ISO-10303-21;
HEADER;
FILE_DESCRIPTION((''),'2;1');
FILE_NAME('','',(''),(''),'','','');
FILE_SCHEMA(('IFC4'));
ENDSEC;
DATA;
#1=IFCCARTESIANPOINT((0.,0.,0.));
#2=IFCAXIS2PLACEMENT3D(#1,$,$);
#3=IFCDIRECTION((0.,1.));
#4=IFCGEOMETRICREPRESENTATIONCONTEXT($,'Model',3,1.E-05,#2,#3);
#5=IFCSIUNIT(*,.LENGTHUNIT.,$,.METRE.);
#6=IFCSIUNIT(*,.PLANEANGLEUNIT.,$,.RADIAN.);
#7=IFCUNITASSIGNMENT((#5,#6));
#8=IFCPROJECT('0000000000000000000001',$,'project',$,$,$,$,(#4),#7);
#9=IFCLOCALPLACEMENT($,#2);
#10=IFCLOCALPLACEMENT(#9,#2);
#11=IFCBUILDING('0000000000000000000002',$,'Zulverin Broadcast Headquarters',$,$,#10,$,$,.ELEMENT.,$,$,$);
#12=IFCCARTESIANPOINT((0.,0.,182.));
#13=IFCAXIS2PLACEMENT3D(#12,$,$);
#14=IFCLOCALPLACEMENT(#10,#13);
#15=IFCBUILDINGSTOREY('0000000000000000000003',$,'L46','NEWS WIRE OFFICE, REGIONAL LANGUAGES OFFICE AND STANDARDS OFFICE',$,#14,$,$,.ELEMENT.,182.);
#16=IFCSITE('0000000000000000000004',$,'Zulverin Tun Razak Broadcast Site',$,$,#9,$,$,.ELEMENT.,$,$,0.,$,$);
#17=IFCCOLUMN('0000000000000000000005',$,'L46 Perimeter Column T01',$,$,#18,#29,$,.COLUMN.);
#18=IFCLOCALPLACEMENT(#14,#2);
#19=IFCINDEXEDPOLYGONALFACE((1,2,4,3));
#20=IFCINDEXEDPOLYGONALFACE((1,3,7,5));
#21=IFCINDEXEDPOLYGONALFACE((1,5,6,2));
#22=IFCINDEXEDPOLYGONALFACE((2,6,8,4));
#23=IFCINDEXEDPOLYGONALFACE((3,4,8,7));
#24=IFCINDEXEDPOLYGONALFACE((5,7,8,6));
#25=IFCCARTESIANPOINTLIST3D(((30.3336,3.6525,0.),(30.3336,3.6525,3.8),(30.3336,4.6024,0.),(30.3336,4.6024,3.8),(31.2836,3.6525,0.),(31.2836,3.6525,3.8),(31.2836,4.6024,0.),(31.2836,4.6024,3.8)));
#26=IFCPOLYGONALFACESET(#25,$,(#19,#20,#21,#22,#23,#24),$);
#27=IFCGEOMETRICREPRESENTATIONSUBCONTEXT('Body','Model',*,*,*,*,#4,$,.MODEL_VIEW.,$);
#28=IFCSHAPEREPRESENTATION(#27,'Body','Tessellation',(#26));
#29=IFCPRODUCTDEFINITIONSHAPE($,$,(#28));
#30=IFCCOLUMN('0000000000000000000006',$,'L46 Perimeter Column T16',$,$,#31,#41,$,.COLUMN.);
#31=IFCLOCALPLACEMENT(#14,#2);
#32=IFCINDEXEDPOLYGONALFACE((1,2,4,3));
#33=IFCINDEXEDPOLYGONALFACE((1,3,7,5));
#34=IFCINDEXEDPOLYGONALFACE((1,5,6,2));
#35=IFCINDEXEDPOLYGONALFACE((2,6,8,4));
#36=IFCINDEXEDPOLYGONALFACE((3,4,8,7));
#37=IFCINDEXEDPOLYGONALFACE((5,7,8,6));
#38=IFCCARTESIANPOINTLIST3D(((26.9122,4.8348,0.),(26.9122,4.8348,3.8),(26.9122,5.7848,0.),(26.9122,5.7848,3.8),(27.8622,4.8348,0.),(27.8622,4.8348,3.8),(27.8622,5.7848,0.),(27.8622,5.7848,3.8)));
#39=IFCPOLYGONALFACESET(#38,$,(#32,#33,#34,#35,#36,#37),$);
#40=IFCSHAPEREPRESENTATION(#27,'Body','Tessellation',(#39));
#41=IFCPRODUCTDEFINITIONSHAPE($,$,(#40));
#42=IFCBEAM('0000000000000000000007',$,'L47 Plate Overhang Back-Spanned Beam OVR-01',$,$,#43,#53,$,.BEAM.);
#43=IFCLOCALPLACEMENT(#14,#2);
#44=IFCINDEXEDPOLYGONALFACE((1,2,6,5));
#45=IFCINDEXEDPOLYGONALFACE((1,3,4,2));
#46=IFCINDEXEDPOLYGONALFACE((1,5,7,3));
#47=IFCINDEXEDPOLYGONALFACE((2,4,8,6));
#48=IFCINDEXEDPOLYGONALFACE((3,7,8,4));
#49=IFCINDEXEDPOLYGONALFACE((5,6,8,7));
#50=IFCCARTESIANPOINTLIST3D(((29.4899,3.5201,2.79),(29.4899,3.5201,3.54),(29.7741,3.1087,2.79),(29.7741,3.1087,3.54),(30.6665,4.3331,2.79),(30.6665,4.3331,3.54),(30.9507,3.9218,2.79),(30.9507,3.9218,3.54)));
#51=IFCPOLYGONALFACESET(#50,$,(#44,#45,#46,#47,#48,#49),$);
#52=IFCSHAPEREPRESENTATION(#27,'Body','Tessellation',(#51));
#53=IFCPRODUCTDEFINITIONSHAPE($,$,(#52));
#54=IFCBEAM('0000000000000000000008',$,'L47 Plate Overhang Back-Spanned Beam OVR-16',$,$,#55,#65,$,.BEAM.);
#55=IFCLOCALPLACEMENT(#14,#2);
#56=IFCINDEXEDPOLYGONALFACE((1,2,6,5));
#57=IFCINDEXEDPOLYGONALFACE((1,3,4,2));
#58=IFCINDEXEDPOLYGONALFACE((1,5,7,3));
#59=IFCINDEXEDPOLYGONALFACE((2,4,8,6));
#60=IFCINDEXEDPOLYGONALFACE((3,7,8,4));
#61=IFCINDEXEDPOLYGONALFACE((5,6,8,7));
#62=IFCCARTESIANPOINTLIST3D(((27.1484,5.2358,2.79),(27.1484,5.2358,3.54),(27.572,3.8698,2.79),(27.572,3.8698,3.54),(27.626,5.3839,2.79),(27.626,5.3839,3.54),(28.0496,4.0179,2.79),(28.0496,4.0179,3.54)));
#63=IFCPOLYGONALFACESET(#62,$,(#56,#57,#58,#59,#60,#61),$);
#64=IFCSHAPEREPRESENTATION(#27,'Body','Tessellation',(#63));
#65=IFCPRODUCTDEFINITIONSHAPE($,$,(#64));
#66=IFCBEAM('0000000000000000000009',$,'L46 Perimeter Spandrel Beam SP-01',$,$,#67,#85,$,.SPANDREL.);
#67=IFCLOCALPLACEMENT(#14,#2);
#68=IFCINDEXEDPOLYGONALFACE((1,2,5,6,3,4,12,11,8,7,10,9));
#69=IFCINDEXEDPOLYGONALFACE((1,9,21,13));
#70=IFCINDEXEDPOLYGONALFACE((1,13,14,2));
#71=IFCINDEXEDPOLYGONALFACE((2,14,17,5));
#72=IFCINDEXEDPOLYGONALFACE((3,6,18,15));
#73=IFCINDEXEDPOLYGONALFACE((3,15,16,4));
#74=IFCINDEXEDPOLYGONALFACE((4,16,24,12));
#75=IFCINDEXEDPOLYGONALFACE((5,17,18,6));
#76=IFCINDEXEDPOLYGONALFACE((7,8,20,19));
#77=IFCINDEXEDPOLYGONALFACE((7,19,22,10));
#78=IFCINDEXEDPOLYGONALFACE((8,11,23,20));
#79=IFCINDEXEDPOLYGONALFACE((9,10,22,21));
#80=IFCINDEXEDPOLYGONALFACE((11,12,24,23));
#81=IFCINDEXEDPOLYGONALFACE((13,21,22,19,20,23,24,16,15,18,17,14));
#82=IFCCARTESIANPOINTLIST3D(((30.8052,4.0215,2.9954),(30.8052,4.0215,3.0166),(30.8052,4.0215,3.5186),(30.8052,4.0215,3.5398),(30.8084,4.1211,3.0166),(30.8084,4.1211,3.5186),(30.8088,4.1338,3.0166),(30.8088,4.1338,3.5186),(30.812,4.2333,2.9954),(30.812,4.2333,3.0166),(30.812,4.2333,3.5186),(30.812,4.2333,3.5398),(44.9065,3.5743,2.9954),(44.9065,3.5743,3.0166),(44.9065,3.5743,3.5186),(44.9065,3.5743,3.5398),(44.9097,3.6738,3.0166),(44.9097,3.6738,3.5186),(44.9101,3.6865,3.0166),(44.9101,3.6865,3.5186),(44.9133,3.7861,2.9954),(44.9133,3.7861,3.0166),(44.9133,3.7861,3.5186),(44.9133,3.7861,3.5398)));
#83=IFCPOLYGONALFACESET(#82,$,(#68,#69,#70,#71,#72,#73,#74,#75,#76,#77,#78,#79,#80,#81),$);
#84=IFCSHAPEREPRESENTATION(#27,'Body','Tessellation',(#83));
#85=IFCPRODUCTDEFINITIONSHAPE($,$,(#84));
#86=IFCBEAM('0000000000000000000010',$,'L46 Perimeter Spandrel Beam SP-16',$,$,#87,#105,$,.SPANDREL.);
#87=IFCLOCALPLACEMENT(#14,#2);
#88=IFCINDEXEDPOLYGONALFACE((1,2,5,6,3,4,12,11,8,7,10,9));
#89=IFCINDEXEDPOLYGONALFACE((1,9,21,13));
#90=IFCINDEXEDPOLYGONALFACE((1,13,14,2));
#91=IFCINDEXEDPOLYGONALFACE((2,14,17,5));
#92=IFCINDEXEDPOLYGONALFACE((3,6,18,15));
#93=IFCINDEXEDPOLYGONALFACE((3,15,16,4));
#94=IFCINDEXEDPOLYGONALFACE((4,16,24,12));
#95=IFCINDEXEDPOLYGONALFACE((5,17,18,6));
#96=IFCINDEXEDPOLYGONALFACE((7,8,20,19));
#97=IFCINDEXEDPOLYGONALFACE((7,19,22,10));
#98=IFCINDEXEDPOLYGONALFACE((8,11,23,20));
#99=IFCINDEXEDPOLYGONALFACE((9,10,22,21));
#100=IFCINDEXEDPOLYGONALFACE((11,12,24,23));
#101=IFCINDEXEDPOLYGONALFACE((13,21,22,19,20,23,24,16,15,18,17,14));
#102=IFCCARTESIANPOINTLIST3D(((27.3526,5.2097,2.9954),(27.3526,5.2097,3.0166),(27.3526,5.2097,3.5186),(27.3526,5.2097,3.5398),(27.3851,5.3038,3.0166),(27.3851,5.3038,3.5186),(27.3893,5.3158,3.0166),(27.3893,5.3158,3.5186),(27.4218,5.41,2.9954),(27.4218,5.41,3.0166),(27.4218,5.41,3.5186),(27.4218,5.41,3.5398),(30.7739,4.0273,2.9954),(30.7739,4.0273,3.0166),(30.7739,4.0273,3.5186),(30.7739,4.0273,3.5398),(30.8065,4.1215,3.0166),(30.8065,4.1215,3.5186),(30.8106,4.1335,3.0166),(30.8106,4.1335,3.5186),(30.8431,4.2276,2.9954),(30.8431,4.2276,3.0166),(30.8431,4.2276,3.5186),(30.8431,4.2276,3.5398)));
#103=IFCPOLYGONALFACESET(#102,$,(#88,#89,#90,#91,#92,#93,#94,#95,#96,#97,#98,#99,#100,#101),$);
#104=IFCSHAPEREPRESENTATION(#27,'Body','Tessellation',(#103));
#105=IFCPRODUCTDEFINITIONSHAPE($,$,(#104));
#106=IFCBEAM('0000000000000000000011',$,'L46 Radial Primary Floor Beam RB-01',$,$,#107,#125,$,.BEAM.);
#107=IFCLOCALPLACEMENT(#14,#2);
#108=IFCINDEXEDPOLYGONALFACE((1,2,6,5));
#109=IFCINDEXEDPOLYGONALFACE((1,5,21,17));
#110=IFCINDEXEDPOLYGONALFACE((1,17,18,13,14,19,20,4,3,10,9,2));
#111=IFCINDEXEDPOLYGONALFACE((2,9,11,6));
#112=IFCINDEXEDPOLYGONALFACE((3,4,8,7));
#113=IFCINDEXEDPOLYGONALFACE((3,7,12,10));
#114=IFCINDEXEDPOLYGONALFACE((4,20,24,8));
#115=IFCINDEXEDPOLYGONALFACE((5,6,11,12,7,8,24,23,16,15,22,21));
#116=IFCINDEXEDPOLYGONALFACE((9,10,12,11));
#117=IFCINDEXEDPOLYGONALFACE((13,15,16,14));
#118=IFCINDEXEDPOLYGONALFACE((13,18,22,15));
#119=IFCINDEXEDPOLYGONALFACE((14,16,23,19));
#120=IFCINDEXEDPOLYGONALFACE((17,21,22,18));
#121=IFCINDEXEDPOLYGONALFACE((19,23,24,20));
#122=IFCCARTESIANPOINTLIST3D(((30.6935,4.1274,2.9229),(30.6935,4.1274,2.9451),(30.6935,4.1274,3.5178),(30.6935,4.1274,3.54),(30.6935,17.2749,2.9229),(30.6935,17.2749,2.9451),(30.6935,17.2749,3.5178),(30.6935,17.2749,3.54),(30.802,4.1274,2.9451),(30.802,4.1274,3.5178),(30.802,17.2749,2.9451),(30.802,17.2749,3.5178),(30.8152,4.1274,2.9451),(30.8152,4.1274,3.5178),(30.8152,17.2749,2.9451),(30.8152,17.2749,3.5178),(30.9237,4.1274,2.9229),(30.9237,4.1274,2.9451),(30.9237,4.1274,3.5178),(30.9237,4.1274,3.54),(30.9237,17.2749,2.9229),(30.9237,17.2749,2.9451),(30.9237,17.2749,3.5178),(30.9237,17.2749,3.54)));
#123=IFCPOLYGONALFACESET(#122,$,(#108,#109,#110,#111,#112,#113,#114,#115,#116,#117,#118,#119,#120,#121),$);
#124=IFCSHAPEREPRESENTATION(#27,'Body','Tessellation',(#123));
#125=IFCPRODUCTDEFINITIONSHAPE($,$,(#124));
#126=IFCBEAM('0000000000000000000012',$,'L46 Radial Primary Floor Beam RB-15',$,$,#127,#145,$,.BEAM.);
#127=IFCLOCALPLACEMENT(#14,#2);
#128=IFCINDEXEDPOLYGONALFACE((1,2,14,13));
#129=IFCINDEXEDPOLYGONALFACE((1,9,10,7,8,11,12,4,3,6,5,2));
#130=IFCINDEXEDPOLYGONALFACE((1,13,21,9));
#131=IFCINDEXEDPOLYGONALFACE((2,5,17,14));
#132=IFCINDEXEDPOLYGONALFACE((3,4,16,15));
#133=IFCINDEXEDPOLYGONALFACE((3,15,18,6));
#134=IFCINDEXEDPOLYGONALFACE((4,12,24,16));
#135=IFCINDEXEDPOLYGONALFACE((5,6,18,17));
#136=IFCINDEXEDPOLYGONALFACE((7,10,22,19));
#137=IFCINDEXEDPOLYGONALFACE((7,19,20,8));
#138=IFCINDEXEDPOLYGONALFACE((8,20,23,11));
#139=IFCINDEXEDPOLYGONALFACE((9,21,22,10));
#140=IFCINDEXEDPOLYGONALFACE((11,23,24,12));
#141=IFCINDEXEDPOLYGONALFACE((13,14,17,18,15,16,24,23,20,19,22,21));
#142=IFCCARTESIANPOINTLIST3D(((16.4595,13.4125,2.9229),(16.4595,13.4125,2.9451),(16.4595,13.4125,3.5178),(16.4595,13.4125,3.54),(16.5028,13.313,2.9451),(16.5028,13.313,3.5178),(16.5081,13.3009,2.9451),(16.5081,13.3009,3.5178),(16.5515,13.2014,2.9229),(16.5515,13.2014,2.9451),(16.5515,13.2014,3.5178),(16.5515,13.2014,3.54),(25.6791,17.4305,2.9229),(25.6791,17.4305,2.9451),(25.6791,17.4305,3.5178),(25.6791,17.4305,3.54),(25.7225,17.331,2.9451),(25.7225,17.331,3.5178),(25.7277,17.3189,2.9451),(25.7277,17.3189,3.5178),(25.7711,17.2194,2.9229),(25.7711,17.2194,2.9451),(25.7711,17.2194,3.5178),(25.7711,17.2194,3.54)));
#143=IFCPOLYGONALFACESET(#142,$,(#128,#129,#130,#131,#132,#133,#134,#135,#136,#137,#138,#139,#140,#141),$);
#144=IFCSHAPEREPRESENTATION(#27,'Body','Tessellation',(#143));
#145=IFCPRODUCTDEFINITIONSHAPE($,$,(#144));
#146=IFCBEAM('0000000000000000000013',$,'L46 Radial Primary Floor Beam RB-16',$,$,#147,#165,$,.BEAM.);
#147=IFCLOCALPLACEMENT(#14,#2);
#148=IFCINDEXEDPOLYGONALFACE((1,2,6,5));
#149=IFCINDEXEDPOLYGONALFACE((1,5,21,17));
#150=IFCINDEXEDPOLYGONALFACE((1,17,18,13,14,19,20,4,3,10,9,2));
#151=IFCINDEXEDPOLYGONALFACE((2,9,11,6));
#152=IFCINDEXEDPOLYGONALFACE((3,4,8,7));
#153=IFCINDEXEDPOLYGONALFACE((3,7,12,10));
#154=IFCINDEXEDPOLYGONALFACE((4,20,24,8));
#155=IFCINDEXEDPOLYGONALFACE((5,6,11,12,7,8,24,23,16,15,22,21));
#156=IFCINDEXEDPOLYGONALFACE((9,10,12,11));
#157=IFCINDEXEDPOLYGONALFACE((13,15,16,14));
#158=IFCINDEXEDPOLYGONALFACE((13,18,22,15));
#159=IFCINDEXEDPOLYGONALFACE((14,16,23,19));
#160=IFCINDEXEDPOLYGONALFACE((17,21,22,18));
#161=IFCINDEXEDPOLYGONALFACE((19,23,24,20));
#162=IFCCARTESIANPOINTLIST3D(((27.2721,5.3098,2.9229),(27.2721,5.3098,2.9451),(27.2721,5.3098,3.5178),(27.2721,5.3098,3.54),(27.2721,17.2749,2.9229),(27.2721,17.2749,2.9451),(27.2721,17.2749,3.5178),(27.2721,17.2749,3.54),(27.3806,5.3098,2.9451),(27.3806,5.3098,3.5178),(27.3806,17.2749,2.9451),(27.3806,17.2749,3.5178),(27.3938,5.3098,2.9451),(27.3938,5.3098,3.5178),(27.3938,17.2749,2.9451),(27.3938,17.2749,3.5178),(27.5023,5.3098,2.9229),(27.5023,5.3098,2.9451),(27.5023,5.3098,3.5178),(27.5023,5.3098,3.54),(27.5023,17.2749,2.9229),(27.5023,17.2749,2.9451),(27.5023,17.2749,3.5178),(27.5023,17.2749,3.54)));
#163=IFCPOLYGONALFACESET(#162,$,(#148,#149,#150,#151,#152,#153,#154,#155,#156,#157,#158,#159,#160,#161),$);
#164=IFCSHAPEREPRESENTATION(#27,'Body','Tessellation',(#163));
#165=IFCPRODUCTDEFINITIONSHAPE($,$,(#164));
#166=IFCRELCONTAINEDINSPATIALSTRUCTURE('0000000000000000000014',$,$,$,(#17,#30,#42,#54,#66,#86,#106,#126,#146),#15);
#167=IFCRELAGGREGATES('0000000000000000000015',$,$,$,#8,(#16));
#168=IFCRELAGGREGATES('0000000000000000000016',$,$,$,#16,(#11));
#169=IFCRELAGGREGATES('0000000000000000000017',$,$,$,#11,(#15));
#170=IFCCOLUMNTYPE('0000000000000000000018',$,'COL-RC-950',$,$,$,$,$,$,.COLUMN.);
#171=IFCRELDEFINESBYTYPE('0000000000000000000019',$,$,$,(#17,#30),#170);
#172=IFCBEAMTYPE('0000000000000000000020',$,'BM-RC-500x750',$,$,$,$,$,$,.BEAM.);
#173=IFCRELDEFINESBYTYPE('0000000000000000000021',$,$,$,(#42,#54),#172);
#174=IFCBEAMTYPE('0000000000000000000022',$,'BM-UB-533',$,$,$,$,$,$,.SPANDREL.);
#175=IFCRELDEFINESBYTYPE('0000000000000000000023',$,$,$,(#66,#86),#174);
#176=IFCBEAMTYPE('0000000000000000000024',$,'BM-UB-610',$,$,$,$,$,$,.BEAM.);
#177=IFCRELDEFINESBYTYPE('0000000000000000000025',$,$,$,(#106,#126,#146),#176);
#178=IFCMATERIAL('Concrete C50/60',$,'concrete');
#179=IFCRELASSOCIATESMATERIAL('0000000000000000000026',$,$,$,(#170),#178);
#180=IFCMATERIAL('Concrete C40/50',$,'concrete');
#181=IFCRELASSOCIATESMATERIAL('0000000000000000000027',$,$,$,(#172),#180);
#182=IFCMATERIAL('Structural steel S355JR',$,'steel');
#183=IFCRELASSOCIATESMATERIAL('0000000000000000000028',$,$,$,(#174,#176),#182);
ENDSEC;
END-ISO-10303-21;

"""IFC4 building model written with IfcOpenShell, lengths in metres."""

from ifc_helpers import new_model, si_unit, direction, frame, origin, origin_2d, place, context, subcontext, project, spatial, rectangle, i_section, extrude, material, material_profile, profile_set, type_object, element, save


model = new_model("IFC4")

# Units and contexts
model_context = context("Model", 3, precision=1e-05, world=origin(), true_north=direction((0.0, 1.0)))
body_context = subcontext(model_context, "Body", "Model", "MODEL_VIEW")
ifc_project = project(units=[si_unit("LENGTHUNIT", "METRE"), si_unit("PLANEANGLEUNIT", "RADIAN")], contexts=[model_context])

# Site, building, storey
site_placement = place(None, origin())
site = spatial("IfcSite", under=ifc_project, at=site_placement, Name="Zulverin Tun Razak Broadcast Site", CompositionType="ELEMENT", RefElevation=0.0)
building_placement = place(site_placement, origin())
building = spatial("IfcBuilding", under=site, at=building_placement, Name="Zulverin Broadcast Headquarters", CompositionType="ELEMENT")
storey_placement = place(building_placement, frame((0.0, 0.0, 182.0)))
storey = spatial("IfcBuildingStorey", under=building, at=storey_placement, Name="L46", Description="NEWS WIRE OFFICE, REGIONAL LANGUAGES OFFICE AND STANDARDS OFFICE", CompositionType="ELEMENT", Elevation=182.0)

# Columns
ifc_material_1 = material(Name="Concrete C50/60", Category="concrete")
ifc_material_profile_1 = material_profile(ifc_material_1, rectangle(XDim=0.95, YDim=0.95, at=origin_2d()), Name="Concrete C50/60", Category="concrete")
ifc_profile_set_1 = profile_set([ifc_material_profile_1], Name="Concrete C50/60")
column_type = type_object("IfcColumnType", Name="COL-RC-950", PredefinedType="COLUMN", material=ifc_profile_set_1)
for number, where, z_axis, x_axis, name in (
    (1, (30.8086, 4.1274, 0.0), (0.0, 0.0, 1.0), (1.0, 0.0, 0.0), "L46 Perimeter Column T01"),
    (2, (27.3872, 5.3098, 0.0), (0.0, 0.0, 1.0), (1.0, 0.0, 0.0), "L46 Perimeter Column T16"),
):
    element("IfcColumn", number, at=place(storey_placement, frame(where, z_axis=z_axis, x_axis=x_axis)), inside=storey, type_object=column_type, Name=name, PredefinedType="COLUMN", context=body_context, shape_type="SweptSolid", body=[
        extrude(rectangle(XDim=0.95, YDim=0.95, at=origin_2d()), origin(), (0.0, 0.0, 1.0), 3.8),
    ])

# Beams
ifc_material_2 = material(Name="Concrete C40/50", Category="concrete")
ifc_material_profile_2 = material_profile(ifc_material_2, rectangle(XDim=0.5, YDim=0.75, at=origin_2d()), Name="Concrete C40/50", Category="concrete")
ifc_profile_set_2 = profile_set([ifc_material_profile_2], Name="Concrete C40/50")
beam_type_1 = type_object("IfcBeamType", Name="BM-RC-500x750", PredefinedType="BEAM", material=ifc_profile_set_2)
for number, where, z_axis, x_axis, name in (
    (3, (30.8086, 4.1274, 3.165), (-0.82269, -0.568491, 0.0), (0.568491, -0.82269, 0.0), "L47 Plate Overhang Back-Spanned Beam OVR-01"),
    (4, (27.3872, 5.3098, 3.165), (0.296184, -0.955131, 0.0), (0.955131, 0.296184, 0.0), "L47 Plate Overhang Back-Spanned Beam OVR-16"),
):
    element("IfcBeam", number, at=place(storey_placement, frame(where, z_axis=z_axis, x_axis=x_axis)), inside=storey, type_object=beam_type_1, Name=name, PredefinedType="BEAM", context=body_context, shape_type="SweptSolid", body=[
        extrude(rectangle(XDim=0.5, YDim=0.75, at=origin_2d()), origin(), (0.0, 0.0, 1.0), 1.4302),
    ])
ifc_material_3 = material(Name="Structural steel S355JR", Category="steel")
ifc_material_profile_3 = material_profile(ifc_material_3, i_section(OverallWidth=0.2119, OverallDepth=0.5444, WebThickness=0.0127, FlangeThickness=0.0212, at=origin_2d()), Name="Structural steel S355JR", Category="steel")
ifc_profile_set_3 = profile_set([ifc_material_profile_3], Name="Structural steel S355JR")
beam_type_2 = type_object("IfcBeamType", Name="BM-UB-533", PredefinedType="SPANDREL", material=ifc_profile_set_3)
beam_1_placement = place(storey_placement, frame((30.8086, 4.1274, 3.2676), z_axis=(0.999497, -0.031702, 0.0), x_axis=(0.031702, 0.999497, 0.0)))
element("IfcBeam", 5, at=beam_1_placement, inside=storey, type_object=beam_type_2, Name="L46 Perimeter Spandrel Beam SP-01", PredefinedType="SPANDREL", context=body_context, shape_type="SweptSolid", body=[
    extrude(i_section(OverallWidth=0.2119, OverallDepth=0.5444, WebThickness=0.0127, FlangeThickness=0.0212, at=origin_2d()), origin(), (0.0, 0.0, 1.0), 14.1084),
])
beam_2_placement = place(storey_placement, frame((27.3872, 5.3098, 3.2676), z_axis=(0.945153, -0.326629, 0.0), x_axis=(0.326629, 0.945153, 0.0)))
element("IfcBeam", 6, at=beam_2_placement, inside=storey, type_object=beam_type_2, Name="L46 Perimeter Spandrel Beam SP-16", PredefinedType="SPANDREL", context=body_context, shape_type="SweptSolid", body=[
    extrude(i_section(OverallWidth=0.2119, OverallDepth=0.5444, WebThickness=0.0127, FlangeThickness=0.0212, at=origin_2d()), origin(), (0.0, 0.0, 1.0), 3.6199),
])
ifc_material_profile_4 = material_profile(ifc_material_3, i_section(OverallWidth=0.2302, OverallDepth=0.6172, WebThickness=0.0132, FlangeThickness=0.0222, at=origin_2d()), Name="Structural steel S355JR", Category="steel")
ifc_profile_set_4 = profile_set([ifc_material_profile_4], Name="Structural steel S355JR")
beam_type_3 = type_object("IfcBeamType", Name="BM-UB-610", PredefinedType="BEAM", material=ifc_profile_set_4)
beam_3_placement = place(storey_placement, frame((30.8086, 17.2749, 3.2314), z_axis=(0.0, -1.0, 0.0), x_axis=(1.0, 0.0, 0.0)))
element("IfcBeam", 7, at=beam_3_placement, inside=storey, type_object=beam_type_3, Name="L46 Radial Primary Floor Beam RB-01", PredefinedType="BEAM", context=body_context, shape_type="SweptSolid", body=[
    extrude(i_section(OverallWidth=0.2302, OverallDepth=0.6172, WebThickness=0.0132, FlangeThickness=0.0222, at=origin_2d()), origin(), (0.0, 0.0, 1.0), 13.1475),
])
beam_4_placement = place(storey_placement, frame((25.7251, 17.325, 3.2314), z_axis=(-0.916725, -0.39952, 0.0), x_axis=(0.39952, -0.916725, 0.0)))
element("IfcBeam", 8, at=beam_4_placement, inside=storey, type_object=beam_type_3, Name="L46 Radial Primary Floor Beam RB-15", PredefinedType="BEAM", context=body_context, shape_type="SweptSolid", body=[
    extrude(i_section(OverallWidth=0.2302, OverallDepth=0.6172, WebThickness=0.0132, FlangeThickness=0.0222, at=origin_2d()), origin(), (0.0, 0.0, 1.0), 10.0571),
])
beam_5_placement = place(storey_placement, frame((27.3872, 17.2749, 3.2314), z_axis=(0.0, -1.0, 0.0), x_axis=(1.0, 0.0, 0.0)))
element("IfcBeam", 9, at=beam_5_placement, inside=storey, type_object=beam_type_3, Name="L46 Radial Primary Floor Beam RB-16", PredefinedType="BEAM", context=body_context, shape_type="SweptSolid", body=[
    extrude(i_section(OverallWidth=0.2302, OverallDepth=0.6172, WebThickness=0.0132, FlangeThickness=0.0222, at=origin_2d()), origin(), (0.0, 0.0, 1.0), 11.9651),
])

save(model, "model.ifc")
